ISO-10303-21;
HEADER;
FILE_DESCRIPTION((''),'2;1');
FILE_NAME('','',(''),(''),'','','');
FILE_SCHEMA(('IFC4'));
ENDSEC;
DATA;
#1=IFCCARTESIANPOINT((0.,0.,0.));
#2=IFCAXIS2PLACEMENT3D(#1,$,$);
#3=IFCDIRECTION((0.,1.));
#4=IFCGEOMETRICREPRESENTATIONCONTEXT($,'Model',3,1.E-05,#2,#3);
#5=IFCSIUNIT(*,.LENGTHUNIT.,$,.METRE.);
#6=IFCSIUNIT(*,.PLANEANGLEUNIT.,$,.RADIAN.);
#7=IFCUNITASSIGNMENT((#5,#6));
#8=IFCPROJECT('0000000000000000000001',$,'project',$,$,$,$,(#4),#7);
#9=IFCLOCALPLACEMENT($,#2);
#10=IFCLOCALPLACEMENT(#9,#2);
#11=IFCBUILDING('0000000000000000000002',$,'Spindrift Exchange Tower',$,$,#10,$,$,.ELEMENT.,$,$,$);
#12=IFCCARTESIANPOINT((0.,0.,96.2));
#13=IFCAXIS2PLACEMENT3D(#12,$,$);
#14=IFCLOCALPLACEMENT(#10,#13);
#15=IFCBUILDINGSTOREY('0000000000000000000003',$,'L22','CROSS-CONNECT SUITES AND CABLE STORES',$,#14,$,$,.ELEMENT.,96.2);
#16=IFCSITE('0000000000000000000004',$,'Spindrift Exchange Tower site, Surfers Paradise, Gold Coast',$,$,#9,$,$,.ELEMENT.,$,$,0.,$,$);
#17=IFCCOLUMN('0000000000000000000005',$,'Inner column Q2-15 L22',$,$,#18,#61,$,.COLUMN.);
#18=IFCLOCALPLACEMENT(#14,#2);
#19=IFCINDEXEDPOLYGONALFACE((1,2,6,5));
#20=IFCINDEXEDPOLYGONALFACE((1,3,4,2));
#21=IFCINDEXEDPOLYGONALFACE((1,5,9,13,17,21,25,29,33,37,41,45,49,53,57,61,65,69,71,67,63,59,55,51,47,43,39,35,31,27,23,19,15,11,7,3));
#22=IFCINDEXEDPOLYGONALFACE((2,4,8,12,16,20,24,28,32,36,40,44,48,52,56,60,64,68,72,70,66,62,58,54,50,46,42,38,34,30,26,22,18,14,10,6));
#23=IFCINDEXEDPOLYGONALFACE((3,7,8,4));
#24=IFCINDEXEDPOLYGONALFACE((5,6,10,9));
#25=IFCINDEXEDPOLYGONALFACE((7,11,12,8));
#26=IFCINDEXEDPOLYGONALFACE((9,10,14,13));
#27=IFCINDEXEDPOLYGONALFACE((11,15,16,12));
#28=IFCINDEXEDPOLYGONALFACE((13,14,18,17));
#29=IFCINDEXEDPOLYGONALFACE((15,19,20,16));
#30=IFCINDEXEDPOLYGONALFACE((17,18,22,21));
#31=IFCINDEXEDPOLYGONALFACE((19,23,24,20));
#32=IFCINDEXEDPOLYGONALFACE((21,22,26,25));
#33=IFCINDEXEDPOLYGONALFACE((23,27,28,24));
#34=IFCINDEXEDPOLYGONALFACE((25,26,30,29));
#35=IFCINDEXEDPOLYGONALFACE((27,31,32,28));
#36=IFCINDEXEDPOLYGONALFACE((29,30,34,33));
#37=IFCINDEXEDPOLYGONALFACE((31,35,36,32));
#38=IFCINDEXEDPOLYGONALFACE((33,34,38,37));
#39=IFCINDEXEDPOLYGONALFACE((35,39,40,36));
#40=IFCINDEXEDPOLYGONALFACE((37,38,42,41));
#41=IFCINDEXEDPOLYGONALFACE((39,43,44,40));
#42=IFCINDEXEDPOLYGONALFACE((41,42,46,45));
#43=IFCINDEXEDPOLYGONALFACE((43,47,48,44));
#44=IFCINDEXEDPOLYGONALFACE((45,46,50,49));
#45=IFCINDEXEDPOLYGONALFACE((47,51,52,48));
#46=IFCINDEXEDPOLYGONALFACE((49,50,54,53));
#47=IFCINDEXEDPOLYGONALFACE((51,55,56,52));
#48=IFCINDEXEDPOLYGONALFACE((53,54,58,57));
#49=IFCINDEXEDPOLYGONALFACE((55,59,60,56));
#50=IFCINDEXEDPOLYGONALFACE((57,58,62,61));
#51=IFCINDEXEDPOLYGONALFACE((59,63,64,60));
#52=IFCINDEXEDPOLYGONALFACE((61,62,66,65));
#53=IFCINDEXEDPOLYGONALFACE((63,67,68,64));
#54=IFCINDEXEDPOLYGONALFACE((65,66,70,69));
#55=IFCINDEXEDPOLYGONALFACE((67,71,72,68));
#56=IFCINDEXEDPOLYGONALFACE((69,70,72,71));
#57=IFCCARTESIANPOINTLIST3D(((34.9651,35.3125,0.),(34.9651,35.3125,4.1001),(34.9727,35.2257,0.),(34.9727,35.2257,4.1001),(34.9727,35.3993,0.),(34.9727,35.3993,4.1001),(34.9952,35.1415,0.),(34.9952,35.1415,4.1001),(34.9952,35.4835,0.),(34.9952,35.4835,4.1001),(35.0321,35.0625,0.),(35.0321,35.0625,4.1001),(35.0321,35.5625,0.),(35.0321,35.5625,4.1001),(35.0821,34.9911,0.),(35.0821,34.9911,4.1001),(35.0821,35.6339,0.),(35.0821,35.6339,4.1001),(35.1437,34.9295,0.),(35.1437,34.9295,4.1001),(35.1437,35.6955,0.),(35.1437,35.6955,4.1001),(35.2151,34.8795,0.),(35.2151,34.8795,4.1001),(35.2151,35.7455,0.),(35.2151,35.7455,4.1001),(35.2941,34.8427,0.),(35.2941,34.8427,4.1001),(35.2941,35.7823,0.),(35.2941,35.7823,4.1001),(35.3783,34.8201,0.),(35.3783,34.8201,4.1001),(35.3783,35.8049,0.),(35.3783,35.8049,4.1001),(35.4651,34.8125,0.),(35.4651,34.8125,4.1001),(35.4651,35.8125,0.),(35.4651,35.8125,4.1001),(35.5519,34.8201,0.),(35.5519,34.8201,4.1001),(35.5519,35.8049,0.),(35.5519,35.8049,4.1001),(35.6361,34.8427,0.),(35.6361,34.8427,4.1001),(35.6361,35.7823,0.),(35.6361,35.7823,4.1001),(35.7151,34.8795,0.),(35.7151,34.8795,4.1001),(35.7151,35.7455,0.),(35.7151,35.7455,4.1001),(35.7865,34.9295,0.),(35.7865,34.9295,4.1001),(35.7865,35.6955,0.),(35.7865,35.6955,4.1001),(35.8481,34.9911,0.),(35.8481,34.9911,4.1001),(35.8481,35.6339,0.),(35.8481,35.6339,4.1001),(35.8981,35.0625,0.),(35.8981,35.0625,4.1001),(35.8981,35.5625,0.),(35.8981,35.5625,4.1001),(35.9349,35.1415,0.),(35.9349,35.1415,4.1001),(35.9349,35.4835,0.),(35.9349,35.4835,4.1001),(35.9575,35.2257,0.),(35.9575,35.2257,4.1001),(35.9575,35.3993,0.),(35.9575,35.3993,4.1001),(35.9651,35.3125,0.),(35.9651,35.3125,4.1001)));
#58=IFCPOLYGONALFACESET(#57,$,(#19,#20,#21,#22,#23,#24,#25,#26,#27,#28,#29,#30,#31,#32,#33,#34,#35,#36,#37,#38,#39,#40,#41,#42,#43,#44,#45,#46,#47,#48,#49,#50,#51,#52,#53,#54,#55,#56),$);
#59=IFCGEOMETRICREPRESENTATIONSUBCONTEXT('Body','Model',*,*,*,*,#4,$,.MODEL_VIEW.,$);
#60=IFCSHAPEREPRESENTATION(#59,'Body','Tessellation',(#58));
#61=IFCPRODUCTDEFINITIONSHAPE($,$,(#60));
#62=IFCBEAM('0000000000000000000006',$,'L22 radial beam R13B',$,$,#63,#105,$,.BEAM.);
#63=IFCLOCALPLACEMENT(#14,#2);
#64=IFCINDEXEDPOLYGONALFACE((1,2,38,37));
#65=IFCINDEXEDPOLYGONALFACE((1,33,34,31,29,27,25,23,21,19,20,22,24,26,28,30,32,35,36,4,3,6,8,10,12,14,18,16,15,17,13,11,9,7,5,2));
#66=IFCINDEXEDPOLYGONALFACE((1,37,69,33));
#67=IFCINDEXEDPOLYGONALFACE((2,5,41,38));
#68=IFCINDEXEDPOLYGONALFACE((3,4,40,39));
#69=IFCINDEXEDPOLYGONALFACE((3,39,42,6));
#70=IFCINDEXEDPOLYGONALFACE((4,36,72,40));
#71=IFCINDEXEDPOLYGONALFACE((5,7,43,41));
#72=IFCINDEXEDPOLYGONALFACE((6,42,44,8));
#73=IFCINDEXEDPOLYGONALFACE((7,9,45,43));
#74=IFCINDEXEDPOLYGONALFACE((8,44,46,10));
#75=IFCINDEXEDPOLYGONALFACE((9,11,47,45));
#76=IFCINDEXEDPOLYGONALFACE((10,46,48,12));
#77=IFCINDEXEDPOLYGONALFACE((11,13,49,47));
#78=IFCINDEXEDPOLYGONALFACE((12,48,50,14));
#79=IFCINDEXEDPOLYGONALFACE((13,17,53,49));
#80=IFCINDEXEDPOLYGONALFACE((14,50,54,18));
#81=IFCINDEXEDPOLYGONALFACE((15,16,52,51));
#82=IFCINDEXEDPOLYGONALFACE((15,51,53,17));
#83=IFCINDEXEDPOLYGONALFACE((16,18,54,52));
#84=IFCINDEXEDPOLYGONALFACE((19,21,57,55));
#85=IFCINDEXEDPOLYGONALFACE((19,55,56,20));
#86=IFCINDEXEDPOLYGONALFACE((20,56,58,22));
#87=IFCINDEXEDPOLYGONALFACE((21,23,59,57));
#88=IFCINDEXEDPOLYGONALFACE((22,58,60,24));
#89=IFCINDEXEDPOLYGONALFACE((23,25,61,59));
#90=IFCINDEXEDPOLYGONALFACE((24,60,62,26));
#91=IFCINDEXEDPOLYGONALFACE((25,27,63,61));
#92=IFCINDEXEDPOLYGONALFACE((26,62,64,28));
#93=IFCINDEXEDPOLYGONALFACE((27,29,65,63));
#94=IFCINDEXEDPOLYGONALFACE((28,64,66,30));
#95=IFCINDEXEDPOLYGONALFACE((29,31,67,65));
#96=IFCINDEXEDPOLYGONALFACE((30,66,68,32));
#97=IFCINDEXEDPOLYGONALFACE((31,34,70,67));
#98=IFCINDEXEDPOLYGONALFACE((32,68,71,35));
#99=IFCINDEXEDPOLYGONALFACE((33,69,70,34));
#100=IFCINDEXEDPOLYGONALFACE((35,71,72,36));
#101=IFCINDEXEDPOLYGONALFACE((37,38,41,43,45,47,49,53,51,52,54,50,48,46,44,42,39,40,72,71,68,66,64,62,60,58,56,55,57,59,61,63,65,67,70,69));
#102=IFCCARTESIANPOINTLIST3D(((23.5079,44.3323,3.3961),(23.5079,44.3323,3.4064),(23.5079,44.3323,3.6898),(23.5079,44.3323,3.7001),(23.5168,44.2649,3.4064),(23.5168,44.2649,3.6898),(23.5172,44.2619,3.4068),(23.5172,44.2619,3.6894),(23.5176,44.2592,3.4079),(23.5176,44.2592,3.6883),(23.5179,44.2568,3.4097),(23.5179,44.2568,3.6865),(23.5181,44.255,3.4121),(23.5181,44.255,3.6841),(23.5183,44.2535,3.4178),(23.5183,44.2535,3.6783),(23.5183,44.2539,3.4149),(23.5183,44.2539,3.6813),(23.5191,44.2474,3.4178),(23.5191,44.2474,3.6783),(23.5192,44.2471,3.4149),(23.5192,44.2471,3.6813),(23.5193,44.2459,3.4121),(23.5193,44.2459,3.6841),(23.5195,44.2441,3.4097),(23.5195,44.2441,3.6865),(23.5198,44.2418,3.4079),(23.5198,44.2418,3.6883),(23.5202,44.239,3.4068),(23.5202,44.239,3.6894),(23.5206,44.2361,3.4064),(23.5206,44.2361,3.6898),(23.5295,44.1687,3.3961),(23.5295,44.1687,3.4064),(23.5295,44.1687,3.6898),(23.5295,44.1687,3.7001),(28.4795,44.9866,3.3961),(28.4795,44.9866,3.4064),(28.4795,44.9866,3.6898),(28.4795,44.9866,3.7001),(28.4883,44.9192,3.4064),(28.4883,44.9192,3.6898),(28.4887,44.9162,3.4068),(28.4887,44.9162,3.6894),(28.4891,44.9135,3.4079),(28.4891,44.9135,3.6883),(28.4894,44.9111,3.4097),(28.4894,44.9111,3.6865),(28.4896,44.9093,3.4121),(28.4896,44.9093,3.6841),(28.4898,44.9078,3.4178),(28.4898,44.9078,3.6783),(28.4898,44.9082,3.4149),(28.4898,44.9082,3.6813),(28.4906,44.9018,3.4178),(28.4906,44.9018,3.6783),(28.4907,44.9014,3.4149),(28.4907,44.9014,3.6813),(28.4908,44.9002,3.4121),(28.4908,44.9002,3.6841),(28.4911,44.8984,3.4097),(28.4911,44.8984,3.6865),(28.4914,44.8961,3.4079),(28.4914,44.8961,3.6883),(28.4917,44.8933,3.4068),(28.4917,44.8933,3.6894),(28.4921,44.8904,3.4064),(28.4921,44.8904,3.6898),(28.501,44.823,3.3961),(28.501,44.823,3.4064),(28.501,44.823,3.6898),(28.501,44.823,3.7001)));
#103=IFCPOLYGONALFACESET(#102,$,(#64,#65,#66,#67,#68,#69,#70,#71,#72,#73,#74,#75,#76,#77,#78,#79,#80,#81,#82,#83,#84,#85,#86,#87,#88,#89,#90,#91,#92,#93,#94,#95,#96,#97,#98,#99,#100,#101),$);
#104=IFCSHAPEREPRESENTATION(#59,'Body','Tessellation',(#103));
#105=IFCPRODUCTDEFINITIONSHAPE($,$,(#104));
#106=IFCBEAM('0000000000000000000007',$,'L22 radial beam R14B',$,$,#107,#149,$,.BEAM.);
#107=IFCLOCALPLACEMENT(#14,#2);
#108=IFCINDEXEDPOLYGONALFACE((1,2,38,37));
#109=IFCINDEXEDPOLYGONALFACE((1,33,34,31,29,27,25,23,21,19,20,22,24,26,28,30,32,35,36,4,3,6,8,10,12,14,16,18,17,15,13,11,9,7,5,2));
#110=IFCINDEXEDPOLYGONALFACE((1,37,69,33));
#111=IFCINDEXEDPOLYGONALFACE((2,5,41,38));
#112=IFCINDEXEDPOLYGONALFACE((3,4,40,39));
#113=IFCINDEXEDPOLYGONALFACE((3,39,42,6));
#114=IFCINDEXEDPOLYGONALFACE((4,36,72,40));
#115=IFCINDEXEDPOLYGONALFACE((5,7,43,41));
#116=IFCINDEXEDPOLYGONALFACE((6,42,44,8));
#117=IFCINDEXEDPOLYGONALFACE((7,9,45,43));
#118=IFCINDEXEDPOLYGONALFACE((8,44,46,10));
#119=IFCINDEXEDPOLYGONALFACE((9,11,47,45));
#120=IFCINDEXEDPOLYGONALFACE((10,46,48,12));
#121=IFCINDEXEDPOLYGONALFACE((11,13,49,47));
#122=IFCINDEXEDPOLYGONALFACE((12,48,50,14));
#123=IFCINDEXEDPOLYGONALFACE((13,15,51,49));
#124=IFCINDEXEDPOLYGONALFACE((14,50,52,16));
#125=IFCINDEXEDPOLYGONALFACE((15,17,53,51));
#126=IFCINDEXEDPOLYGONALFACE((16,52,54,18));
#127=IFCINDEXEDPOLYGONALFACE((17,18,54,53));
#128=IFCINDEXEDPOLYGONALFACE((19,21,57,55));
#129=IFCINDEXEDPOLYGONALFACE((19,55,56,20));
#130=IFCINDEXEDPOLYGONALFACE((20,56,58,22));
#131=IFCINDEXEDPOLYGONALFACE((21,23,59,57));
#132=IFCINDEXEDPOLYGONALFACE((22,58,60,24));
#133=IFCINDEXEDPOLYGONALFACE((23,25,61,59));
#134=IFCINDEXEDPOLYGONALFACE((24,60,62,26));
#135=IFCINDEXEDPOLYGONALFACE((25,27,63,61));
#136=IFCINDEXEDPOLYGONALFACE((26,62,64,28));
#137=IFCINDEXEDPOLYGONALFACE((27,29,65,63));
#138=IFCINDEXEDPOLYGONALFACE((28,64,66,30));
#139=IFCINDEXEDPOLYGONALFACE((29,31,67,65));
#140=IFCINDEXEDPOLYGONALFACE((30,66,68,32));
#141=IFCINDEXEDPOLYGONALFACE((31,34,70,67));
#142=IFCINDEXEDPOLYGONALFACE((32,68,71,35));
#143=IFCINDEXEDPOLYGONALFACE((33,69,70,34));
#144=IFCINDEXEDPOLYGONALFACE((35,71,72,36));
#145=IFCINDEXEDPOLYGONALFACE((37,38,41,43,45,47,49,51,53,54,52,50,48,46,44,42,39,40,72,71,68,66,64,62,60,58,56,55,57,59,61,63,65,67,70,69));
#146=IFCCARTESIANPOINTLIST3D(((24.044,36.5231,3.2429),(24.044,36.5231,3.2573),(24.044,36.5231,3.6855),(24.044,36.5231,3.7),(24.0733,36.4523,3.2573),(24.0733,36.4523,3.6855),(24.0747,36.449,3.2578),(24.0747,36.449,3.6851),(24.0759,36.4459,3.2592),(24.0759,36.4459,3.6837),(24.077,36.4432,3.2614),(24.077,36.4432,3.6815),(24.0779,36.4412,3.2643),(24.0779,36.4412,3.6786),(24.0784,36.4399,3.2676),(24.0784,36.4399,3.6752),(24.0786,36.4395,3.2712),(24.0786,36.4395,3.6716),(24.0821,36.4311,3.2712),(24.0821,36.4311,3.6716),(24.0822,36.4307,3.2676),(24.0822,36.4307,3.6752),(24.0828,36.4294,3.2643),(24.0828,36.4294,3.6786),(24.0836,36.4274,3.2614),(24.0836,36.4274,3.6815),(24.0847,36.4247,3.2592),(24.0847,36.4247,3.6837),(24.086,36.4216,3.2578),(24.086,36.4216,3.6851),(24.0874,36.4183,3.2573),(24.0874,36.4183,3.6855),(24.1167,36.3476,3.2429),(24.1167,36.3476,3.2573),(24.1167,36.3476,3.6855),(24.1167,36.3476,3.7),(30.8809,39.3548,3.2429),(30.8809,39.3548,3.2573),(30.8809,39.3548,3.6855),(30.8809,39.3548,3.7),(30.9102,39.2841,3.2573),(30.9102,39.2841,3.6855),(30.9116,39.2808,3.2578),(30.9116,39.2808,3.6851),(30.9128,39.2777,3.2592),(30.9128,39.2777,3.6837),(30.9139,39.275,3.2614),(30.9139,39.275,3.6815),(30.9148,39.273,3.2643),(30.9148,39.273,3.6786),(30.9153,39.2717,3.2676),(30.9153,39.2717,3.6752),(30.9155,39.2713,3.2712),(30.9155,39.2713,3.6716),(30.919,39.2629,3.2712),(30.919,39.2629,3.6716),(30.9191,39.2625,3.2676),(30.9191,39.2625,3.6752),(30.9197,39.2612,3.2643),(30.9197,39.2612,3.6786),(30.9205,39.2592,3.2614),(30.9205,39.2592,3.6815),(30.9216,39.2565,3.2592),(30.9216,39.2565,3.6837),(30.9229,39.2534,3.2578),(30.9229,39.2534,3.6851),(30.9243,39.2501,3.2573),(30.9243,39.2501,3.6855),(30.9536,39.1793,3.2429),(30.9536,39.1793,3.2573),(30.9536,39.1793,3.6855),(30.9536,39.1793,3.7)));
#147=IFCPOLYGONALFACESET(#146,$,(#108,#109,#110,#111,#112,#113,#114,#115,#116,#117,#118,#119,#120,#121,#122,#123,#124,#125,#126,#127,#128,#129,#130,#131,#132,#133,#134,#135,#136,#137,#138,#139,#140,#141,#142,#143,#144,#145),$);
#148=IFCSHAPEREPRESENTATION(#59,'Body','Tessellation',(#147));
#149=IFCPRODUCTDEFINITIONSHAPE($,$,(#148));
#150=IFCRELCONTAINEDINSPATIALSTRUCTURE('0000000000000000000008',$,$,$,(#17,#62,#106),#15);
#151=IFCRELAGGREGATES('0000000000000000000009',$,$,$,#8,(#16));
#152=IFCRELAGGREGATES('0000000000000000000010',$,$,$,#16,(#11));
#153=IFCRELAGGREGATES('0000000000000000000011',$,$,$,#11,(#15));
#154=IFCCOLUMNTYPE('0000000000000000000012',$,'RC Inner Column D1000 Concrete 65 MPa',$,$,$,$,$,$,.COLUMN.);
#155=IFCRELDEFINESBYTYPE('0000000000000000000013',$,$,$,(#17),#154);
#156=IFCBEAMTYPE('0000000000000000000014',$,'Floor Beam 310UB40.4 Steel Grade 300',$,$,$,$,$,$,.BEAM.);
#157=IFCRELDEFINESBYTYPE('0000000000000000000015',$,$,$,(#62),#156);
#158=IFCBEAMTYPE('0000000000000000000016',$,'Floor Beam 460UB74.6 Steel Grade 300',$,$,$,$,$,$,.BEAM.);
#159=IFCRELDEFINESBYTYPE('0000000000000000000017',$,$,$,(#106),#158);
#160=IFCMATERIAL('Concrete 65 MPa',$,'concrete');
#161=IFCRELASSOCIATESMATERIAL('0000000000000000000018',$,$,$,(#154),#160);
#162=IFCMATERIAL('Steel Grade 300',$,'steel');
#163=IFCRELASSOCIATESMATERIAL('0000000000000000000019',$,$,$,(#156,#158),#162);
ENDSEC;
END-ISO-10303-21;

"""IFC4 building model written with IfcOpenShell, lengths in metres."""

from ifc_helpers import new_model, si_unit, direction, frame, origin, origin_2d, place, context, subcontext, project, spatial, circle, i_section, extrude, source, transform, mapped, material, material_profile, profile_set, type_object, element, save


model = new_model("IFC4")

# Units and contexts
model_context = context("Model", 3, precision=1e-05, world=origin(), true_north=direction((0.0, 1.0)))
body_context = subcontext(model_context, "Body", "Model", "MODEL_VIEW")
ifc_project = project(units=[si_unit("LENGTHUNIT", "METRE"), si_unit("PLANEANGLEUNIT", "RADIAN")], contexts=[model_context])

# Site, building, storey
site_placement = place(None, origin())
site = spatial("IfcSite", under=ifc_project, at=site_placement, Name="Spindrift Exchange Tower site, Surfers Paradise, Gold Coast", CompositionType="ELEMENT", RefElevation=0.0)
building_placement = place(site_placement, origin())
building = spatial("IfcBuilding", under=site, at=building_placement, Name="Spindrift Exchange Tower", CompositionType="ELEMENT")
storey_placement = place(building_placement, frame((0.0, 0.0, 96.2)))
storey = spatial("IfcBuildingStorey", under=building, at=storey_placement, Name="L22", Description="CROSS-CONNECT SUITES AND CABLE STORES", CompositionType="ELEMENT", Elevation=96.2)

# Column
ifc_material_1 = material(Name="Concrete 65 MPa", Category="concrete")
ifc_material_profile_1 = material_profile(ifc_material_1, circle(Radius=0.5, at=origin_2d()), Name="RC D1000")
ifc_profile_set_1 = profile_set([ifc_material_profile_1], Name="Concrete 65 MPa")
column_type_1 = type_object("IfcColumnType", Name="RC Inner Column D1000 Concrete 65 MPa", PredefinedType="COLUMN", material=ifc_profile_set_1)
shared_shape_1 = source(origin(), body_context, "Body", "SweptSolid", [
    extrude(circle(Radius=0.5, at=origin_2d()), origin(), (0.0, 0.0, 1.0), 4.1001),
])
for number, where, z_axis, x_axis, name in (
    (1, (35.4651, 35.3125, 0.0), (0.0, 0.0, 1.0), (1.0, 0.0, 0.0), "Inner column Q2-15 L22"),
):
    element("IfcColumn", number, at=place(storey_placement, frame(where, z_axis=z_axis, x_axis=x_axis)), inside=storey, type_object=column_type_1, Name=name, PredefinedType="COLUMN", context=body_context, shape_type="MappedRepresentation", body=[
        mapped(shared_shape_1, transform((0.0, 0.0, 0.0), scale=1.0)),
    ])

# Beams
ifc_material_2 = material(Name="Steel Grade 300", Category="steel")
ifc_material_profile_2 = material_profile(ifc_material_2, i_section(OverallWidth=0.165, OverallDepth=0.304, WebThickness=0.0061, FlangeThickness=0.0103, FilletRadius=0.0115, at=origin_2d()), Name="310UB40.4")
ifc_profile_set_2 = profile_set([ifc_material_profile_2], Name="Steel Grade 300")
beam_type_1 = type_object("IfcBeamType", Name="Floor Beam 310UB40.4 Steel Grade 300", PredefinedType="BEAM", material=ifc_profile_set_2)
shared_shape_2 = source(origin(), body_context, "Body", "SweptSolid", [
    extrude(i_section(OverallWidth=0.165, OverallDepth=0.304, WebThickness=0.0061, FlangeThickness=0.0103, FilletRadius=0.0115, at=origin_2d()), origin(), (0.0, 0.0, 1.0), 5.0144),
])
beam_1_placement = place(storey_placement, frame((28.4902, 44.9048, 3.5481), z_axis=(-0.99145, -0.130486, 0.0), x_axis=(0.130486, -0.99145, 0.0)))
element("IfcBeam", 2, at=beam_1_placement, inside=storey, type_object=beam_type_1, Name="L22 radial beam R13B", PredefinedType="BEAM", context=body_context, shape_type="MappedRepresentation", body=[
    mapped(shared_shape_2, transform((0.0, 0.0, 0.0), scale=1.0)),
])
ifc_material_profile_3 = material_profile(ifc_material_2, i_section(OverallWidth=0.1899, OverallDepth=0.457, WebThickness=0.009, FlangeThickness=0.0144, FilletRadius=0.0139, at=origin_2d()), Name="460UB74.6")
ifc_profile_set_3 = profile_set([ifc_material_profile_3], Name="Steel Grade 300")
beam_type_2 = type_object("IfcBeamType", Name="Floor Beam 460UB74.6 Steel Grade 300", PredefinedType="BEAM", material=ifc_profile_set_3)
shared_shape_3 = source(origin(), body_context, "Body", "SweptSolid", [
    extrude(i_section(OverallWidth=0.1899, OverallDepth=0.457, WebThickness=0.009, FlangeThickness=0.0144, FilletRadius=0.0139, at=origin_2d()), origin(), (0.0, 0.0, 1.0), 7.4001),
])
beam_2_placement = place(storey_placement, frame((30.9172, 39.2671, 3.4714), z_axis=(-0.923887, -0.382666, 0.0), x_axis=(0.382666, -0.923887, 0.0)))
element("IfcBeam", 3, at=beam_2_placement, inside=storey, type_object=beam_type_2, Name="L22 radial beam R14B", PredefinedType="BEAM", context=body_context, shape_type="MappedRepresentation", body=[
    mapped(shared_shape_3, transform((0.0, 0.0, 0.0), scale=1.0)),
])

save(model, "model.ifc")
